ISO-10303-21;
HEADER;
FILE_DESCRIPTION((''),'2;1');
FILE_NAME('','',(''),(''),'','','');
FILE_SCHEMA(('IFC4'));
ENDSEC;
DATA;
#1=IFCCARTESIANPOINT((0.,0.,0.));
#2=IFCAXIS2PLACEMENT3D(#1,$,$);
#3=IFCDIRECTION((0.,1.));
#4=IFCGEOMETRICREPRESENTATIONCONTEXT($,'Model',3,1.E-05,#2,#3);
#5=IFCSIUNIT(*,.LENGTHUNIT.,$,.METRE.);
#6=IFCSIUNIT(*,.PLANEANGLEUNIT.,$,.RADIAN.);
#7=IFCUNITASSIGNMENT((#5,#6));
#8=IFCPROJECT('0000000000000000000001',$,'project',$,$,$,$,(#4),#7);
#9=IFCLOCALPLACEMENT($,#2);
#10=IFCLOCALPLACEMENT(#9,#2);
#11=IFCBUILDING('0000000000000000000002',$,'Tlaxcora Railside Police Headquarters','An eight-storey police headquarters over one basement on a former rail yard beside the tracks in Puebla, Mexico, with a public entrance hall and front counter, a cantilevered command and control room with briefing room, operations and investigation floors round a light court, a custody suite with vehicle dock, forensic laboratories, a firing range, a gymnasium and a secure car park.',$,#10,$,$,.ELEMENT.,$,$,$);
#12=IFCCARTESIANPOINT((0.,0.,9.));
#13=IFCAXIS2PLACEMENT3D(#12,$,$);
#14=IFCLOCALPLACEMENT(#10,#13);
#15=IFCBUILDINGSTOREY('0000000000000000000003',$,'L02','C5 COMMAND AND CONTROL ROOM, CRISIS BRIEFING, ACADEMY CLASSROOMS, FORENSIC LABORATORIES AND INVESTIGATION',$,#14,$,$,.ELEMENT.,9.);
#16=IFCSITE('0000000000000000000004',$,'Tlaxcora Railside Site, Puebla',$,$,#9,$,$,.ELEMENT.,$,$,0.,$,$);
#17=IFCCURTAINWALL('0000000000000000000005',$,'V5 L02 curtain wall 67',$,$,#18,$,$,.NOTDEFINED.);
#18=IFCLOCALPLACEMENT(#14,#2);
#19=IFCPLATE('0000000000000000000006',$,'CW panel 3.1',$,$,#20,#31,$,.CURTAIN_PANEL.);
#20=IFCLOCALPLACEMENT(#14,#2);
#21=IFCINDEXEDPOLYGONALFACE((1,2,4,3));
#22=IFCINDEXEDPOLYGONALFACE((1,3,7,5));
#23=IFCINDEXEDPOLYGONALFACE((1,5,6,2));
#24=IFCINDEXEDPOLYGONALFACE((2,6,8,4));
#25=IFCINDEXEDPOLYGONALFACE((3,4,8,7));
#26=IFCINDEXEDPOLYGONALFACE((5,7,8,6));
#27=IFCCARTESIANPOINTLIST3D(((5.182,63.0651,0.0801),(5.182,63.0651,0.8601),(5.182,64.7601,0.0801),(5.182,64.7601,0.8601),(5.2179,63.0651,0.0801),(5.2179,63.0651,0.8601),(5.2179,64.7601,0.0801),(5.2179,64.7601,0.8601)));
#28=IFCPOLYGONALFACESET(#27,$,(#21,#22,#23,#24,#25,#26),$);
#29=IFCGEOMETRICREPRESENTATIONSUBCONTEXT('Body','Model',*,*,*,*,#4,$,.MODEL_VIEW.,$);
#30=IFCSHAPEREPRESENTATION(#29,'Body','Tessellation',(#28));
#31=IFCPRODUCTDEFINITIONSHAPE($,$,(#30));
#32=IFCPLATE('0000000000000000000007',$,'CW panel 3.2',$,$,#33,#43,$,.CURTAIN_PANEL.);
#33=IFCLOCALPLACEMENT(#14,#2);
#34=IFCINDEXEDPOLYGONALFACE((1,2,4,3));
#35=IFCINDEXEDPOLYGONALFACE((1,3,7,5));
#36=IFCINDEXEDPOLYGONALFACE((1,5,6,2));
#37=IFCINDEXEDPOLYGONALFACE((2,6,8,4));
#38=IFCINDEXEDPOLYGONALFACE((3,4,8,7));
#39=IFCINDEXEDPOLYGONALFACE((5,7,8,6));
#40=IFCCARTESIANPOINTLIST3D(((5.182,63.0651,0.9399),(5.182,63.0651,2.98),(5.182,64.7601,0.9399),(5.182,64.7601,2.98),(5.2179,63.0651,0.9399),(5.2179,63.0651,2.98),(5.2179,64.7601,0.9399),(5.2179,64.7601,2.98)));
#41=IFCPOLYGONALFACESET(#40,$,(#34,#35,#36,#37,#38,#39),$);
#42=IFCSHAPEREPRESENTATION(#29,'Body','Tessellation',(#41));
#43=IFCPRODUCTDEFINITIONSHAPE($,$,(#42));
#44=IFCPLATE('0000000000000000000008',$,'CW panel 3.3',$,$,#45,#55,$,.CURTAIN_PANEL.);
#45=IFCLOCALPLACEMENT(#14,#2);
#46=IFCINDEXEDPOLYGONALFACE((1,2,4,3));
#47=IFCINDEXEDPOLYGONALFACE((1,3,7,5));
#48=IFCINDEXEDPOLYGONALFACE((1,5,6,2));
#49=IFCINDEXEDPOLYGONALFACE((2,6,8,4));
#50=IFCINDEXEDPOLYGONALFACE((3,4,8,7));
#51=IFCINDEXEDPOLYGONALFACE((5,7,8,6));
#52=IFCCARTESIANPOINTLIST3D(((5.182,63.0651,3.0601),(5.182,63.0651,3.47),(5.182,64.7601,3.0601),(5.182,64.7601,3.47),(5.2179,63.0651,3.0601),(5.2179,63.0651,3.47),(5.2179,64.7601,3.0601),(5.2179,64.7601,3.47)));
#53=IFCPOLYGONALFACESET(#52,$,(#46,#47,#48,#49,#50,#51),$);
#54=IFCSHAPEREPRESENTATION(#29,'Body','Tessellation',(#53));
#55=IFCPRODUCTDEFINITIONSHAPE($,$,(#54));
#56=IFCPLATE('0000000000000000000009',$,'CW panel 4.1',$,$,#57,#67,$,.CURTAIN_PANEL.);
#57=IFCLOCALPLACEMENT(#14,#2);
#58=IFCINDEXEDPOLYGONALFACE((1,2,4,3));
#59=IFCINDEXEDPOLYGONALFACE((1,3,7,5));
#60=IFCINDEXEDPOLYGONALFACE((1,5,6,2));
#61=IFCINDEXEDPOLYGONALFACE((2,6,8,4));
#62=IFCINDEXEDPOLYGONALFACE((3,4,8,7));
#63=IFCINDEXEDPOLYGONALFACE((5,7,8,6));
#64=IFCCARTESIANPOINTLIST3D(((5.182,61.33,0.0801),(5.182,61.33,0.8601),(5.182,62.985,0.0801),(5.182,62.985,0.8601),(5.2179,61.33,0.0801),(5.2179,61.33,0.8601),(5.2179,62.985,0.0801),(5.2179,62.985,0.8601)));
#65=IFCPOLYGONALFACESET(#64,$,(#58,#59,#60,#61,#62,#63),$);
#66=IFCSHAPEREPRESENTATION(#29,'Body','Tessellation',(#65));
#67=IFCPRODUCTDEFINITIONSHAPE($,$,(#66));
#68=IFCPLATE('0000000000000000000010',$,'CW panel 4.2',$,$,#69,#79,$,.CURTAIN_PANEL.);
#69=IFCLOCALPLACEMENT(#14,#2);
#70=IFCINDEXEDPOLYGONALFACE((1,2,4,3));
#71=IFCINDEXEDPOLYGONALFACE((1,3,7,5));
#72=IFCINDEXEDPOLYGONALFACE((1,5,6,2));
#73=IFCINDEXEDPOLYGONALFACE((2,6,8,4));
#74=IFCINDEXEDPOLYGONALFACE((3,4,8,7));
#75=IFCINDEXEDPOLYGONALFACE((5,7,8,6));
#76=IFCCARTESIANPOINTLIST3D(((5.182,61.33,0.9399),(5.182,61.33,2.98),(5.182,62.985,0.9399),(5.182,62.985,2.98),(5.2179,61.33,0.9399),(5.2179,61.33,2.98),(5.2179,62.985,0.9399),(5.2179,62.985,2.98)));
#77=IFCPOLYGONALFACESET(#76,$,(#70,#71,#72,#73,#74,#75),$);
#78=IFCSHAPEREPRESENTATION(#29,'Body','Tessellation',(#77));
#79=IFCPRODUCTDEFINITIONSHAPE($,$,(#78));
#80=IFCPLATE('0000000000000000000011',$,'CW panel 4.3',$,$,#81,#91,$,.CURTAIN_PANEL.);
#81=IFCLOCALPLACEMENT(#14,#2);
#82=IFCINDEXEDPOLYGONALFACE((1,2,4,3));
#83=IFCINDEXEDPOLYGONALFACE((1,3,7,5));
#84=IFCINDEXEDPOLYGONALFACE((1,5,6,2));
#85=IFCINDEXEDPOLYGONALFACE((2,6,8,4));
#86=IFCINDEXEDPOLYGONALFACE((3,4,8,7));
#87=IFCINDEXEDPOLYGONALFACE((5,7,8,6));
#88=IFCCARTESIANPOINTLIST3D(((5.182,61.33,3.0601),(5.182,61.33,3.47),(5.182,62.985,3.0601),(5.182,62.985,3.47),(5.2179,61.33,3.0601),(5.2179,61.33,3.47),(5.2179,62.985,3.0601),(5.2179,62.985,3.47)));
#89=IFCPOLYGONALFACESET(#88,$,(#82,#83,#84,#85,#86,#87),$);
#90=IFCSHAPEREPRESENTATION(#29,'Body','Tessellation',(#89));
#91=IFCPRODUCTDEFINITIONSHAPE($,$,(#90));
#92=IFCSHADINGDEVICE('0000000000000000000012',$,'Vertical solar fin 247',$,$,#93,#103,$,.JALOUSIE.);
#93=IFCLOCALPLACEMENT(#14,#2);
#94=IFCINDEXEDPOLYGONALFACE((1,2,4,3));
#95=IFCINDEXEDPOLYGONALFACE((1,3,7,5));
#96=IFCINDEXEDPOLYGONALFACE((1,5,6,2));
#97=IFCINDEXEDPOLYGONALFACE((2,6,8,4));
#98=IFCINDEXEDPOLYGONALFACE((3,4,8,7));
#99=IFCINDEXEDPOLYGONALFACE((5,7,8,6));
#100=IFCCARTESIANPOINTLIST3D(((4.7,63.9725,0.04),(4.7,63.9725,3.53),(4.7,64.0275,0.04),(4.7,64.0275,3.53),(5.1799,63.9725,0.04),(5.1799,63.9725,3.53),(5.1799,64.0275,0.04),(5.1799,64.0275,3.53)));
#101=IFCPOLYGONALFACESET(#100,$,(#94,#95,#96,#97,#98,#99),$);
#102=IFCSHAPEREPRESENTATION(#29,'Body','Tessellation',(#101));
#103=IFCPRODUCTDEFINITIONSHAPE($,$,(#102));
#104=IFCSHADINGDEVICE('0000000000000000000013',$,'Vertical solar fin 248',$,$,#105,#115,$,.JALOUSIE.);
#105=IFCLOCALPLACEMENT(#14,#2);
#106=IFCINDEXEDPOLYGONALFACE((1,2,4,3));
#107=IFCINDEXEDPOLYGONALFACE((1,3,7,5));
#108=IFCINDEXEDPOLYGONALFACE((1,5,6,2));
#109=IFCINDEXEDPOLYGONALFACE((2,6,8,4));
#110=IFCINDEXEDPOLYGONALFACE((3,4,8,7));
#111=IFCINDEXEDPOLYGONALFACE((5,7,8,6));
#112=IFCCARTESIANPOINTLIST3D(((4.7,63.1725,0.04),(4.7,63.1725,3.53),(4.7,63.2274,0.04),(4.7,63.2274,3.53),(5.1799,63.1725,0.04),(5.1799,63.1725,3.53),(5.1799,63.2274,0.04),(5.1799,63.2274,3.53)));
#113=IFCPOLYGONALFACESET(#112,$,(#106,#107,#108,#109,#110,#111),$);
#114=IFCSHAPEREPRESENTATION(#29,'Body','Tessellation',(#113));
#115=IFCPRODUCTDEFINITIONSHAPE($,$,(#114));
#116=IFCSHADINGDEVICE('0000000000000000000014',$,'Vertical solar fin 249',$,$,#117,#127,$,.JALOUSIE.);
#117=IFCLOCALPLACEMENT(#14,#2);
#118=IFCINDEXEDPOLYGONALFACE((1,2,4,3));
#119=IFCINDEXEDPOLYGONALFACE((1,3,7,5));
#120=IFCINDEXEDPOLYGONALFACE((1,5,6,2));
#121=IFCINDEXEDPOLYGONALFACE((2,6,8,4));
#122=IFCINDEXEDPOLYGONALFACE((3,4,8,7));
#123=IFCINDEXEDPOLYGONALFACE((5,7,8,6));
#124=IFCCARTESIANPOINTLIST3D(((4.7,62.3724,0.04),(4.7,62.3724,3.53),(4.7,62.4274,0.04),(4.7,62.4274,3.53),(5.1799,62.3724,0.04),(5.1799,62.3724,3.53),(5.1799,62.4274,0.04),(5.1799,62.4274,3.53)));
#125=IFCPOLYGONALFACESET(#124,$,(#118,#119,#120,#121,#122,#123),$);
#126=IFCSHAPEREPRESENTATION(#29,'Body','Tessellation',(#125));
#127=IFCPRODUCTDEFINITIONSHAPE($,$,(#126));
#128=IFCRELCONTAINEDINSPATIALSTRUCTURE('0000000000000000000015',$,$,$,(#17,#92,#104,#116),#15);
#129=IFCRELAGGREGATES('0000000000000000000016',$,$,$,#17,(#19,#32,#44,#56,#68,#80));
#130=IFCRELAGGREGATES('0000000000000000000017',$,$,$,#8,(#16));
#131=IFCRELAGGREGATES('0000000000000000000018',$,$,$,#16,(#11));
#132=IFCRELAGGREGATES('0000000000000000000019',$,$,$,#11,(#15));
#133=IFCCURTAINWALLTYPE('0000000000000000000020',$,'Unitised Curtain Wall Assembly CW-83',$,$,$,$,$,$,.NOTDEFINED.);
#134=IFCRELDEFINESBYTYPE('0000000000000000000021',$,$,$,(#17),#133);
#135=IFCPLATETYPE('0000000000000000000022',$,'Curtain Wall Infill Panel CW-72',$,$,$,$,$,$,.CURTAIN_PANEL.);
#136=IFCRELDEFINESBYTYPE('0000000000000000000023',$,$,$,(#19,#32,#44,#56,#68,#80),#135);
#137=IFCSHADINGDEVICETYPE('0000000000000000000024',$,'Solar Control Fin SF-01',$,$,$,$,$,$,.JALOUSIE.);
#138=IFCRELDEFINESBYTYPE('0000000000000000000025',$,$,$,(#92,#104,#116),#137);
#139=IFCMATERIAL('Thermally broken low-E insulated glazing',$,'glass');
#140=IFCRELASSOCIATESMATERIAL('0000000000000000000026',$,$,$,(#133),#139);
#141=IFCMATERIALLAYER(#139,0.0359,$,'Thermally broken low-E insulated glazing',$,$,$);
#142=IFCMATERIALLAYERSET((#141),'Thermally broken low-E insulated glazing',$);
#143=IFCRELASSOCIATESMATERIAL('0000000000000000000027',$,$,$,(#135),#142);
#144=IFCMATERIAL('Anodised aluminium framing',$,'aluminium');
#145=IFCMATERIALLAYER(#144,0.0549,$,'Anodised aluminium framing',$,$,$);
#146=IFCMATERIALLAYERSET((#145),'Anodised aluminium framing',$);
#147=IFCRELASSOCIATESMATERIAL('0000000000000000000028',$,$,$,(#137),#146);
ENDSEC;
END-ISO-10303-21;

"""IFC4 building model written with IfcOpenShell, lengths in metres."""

from ifc_helpers import new_model, si_unit, direction, frame, origin, origin_2d, place, context, subcontext, project, spatial, rectangle, extrude, material, layer, layer_set, type_object, element, aggregate, save


model = new_model("IFC4")

# Units and contexts
model_context = context("Model", 3, precision=1e-05, world=origin(), true_north=direction((0.0, 1.0)))
body_context = subcontext(model_context, "Body", "Model", "MODEL_VIEW")
ifc_project = project(units=[si_unit("LENGTHUNIT", "METRE"), si_unit("PLANEANGLEUNIT", "RADIAN")], contexts=[model_context])

# Site, building, storey
site_placement = place(None, origin())
site = spatial("IfcSite", under=ifc_project, at=site_placement, Name="Tlaxcora Railside Site, Puebla", CompositionType="ELEMENT", RefElevation=0.0)
building_placement = place(site_placement, origin())
building = spatial("IfcBuilding", under=site, at=building_placement, Name="Tlaxcora Railside Police Headquarters", Description="An eight-storey police headquarters over one basement on a former rail yard beside the tracks in Puebla, Mexico, with a public entrance hall and front counter, a cantilevered command and control room with briefing room, operations and investigation floors round a light court, a custody suite with vehicle dock, forensic laboratories, a firing range, a gymnasium and a secure car park.", CompositionType="ELEMENT")
storey_placement = place(building_placement, frame((0.0, 0.0, 9.0)))
storey = spatial("IfcBuildingStorey", under=building, at=storey_placement, Name="L02", Description="C5 COMMAND AND CONTROL ROOM, CRISIS BRIEFING, ACADEMY CLASSROOMS, FORENSIC LABORATORIES AND INVESTIGATION", CompositionType="ELEMENT", Elevation=9.0)

# Shared definitions
ifc_material_1 = material(Name="Thermally broken low-E insulated glazing", Category="glass")
ifc_material_2 = material(Name="Anodised aluminium framing", Category="aluminium")

# Curtain wall
curtain_wall_type_1 = type_object("IfcCurtainWallType", Name="Unitised Curtain Wall Assembly CW-83", PredefinedType="NOTDEFINED", material=ifc_material_1)
curtain_wall_1_placement = place(storey_placement, origin())
curtain_wall_1 = element("IfcCurtainWall", 1, at=curtain_wall_1_placement, inside=storey, type_object=curtain_wall_type_1, Name="V5 L02 curtain wall 67", PredefinedType="NOTDEFINED")

# Plates
ifc_layer_1 = layer(ifc_material_1, 0.0359, Name="Thermally broken low-E insulated glazing")
ifc_layer_set_1 = layer_set([ifc_layer_1], Name="Thermally broken low-E insulated glazing")
plate_type = type_object("IfcPlateType", Name="Curtain Wall Infill Panel CW-72", PredefinedType="CURTAIN_PANEL", material=ifc_layer_set_1)
plate_1_placement = place(storey_placement, frame((5.2, 63.9126, 0.0801), z_axis=(0.0, 0.0, 1.0), x_axis=(0.0, -1.0, 0.0)))
plate_1 = element("IfcPlate", 2, at=plate_1_placement, type_object=plate_type, Name="CW panel 3.1", PredefinedType="CURTAIN_PANEL", context=body_context, shape_type="SweptSolid", body=[
    extrude(rectangle(XDim=1.6951, YDim=0.0359, at=origin_2d()), origin(), (0.0, 0.0, 1.0), 0.78),
])
plate_2_placement = place(storey_placement, frame((5.2, 63.9126, 0.9399), z_axis=(0.0, 0.0, 1.0), x_axis=(0.0, -1.0, 0.0)))
plate_2 = element("IfcPlate", 3, at=plate_2_placement, type_object=plate_type, Name="CW panel 3.2", PredefinedType="CURTAIN_PANEL", context=body_context, shape_type="SweptSolid", body=[
    extrude(rectangle(XDim=1.6951, YDim=0.0359, at=origin_2d()), origin(), (0.0, 0.0, 1.0), 2.04),
])
plate_3_placement = place(storey_placement, frame((5.2, 63.9126, 3.0601), z_axis=(0.0, 0.0, 1.0), x_axis=(0.0, -1.0, 0.0)))
plate_3 = element("IfcPlate", 4, at=plate_3_placement, type_object=plate_type, Name="CW panel 3.3", PredefinedType="CURTAIN_PANEL", context=body_context, shape_type="SweptSolid", body=[
    extrude(rectangle(XDim=1.6951, YDim=0.0359, at=origin_2d()), origin(), (0.0, 0.0, 1.0), 0.4099),
])
plate_4_placement = place(storey_placement, frame((5.2, 62.1575, 0.0801), z_axis=(0.0, 0.0, 1.0), x_axis=(0.0, -1.0, 0.0)))
plate_4 = element("IfcPlate", 5, at=plate_4_placement, type_object=plate_type, Name="CW panel 4.1", PredefinedType="CURTAIN_PANEL", context=body_context, shape_type="SweptSolid", body=[
    extrude(rectangle(XDim=1.655, YDim=0.0359, at=origin_2d()), origin(), (0.0, 0.0, 1.0), 0.78),
])
plate_5_placement = place(storey_placement, frame((5.2, 62.1575, 0.9399), z_axis=(0.0, 0.0, 1.0), x_axis=(0.0, -1.0, 0.0)))
plate_5 = element("IfcPlate", 6, at=plate_5_placement, type_object=plate_type, Name="CW panel 4.2", PredefinedType="CURTAIN_PANEL", context=body_context, shape_type="SweptSolid", body=[
    extrude(rectangle(XDim=1.655, YDim=0.0359, at=origin_2d()), origin(), (0.0, 0.0, 1.0), 2.04),
])
plate_6_placement = place(storey_placement, frame((5.2, 62.1575, 3.0601), z_axis=(0.0, 0.0, 1.0), x_axis=(0.0, -1.0, 0.0)))
plate_6 = element("IfcPlate", 7, at=plate_6_placement, type_object=plate_type, Name="CW panel 4.3", PredefinedType="CURTAIN_PANEL", context=body_context, shape_type="SweptSolid", body=[
    extrude(rectangle(XDim=1.655, YDim=0.0359, at=origin_2d()), origin(), (0.0, 0.0, 1.0), 0.4099),
])
aggregate(curtain_wall_1, [plate_1, plate_2, plate_3, plate_4, plate_5, plate_6])

# Shading devices
ifc_layer_2 = layer(ifc_material_2, 0.0549, Name="Anodised aluminium framing")
ifc_layer_set_2 = layer_set([ifc_layer_2], Name="Anodised aluminium framing")
shading_device_type = type_object("IfcShadingDeviceType", Name="Solar Control Fin SF-01", PredefinedType="JALOUSIE", material=ifc_layer_set_2)
for number, where, z_axis, x_axis, name in (
    (8, (4.9399, 64.0, 0.04), (0.0, 0.0, 1.0), (-1.0, 0.0, 0.0), "Vertical solar fin 247"),
    (9, (4.9399, 63.2, 0.04), (0.0, 0.0, 1.0), (-1.0, 0.0, 0.0), "Vertical solar fin 248"),
    (10, (4.9399, 62.3999, 0.04), (0.0, 0.0, 1.0), (-1.0, 0.0, 0.0), "Vertical solar fin 249"),
):
    element("IfcShadingDevice", number, at=place(storey_placement, frame(where, z_axis=z_axis, x_axis=x_axis)), inside=storey, type_object=shading_device_type, Name=name, PredefinedType="JALOUSIE", context=body_context, shape_type="SweptSolid", body=[
        extrude(rectangle(XDim=0.48, YDim=0.0549, at=origin_2d()), origin(), (0.0, 0.0, 1.0), 3.49),
    ])

save(model, "model.ifc")
